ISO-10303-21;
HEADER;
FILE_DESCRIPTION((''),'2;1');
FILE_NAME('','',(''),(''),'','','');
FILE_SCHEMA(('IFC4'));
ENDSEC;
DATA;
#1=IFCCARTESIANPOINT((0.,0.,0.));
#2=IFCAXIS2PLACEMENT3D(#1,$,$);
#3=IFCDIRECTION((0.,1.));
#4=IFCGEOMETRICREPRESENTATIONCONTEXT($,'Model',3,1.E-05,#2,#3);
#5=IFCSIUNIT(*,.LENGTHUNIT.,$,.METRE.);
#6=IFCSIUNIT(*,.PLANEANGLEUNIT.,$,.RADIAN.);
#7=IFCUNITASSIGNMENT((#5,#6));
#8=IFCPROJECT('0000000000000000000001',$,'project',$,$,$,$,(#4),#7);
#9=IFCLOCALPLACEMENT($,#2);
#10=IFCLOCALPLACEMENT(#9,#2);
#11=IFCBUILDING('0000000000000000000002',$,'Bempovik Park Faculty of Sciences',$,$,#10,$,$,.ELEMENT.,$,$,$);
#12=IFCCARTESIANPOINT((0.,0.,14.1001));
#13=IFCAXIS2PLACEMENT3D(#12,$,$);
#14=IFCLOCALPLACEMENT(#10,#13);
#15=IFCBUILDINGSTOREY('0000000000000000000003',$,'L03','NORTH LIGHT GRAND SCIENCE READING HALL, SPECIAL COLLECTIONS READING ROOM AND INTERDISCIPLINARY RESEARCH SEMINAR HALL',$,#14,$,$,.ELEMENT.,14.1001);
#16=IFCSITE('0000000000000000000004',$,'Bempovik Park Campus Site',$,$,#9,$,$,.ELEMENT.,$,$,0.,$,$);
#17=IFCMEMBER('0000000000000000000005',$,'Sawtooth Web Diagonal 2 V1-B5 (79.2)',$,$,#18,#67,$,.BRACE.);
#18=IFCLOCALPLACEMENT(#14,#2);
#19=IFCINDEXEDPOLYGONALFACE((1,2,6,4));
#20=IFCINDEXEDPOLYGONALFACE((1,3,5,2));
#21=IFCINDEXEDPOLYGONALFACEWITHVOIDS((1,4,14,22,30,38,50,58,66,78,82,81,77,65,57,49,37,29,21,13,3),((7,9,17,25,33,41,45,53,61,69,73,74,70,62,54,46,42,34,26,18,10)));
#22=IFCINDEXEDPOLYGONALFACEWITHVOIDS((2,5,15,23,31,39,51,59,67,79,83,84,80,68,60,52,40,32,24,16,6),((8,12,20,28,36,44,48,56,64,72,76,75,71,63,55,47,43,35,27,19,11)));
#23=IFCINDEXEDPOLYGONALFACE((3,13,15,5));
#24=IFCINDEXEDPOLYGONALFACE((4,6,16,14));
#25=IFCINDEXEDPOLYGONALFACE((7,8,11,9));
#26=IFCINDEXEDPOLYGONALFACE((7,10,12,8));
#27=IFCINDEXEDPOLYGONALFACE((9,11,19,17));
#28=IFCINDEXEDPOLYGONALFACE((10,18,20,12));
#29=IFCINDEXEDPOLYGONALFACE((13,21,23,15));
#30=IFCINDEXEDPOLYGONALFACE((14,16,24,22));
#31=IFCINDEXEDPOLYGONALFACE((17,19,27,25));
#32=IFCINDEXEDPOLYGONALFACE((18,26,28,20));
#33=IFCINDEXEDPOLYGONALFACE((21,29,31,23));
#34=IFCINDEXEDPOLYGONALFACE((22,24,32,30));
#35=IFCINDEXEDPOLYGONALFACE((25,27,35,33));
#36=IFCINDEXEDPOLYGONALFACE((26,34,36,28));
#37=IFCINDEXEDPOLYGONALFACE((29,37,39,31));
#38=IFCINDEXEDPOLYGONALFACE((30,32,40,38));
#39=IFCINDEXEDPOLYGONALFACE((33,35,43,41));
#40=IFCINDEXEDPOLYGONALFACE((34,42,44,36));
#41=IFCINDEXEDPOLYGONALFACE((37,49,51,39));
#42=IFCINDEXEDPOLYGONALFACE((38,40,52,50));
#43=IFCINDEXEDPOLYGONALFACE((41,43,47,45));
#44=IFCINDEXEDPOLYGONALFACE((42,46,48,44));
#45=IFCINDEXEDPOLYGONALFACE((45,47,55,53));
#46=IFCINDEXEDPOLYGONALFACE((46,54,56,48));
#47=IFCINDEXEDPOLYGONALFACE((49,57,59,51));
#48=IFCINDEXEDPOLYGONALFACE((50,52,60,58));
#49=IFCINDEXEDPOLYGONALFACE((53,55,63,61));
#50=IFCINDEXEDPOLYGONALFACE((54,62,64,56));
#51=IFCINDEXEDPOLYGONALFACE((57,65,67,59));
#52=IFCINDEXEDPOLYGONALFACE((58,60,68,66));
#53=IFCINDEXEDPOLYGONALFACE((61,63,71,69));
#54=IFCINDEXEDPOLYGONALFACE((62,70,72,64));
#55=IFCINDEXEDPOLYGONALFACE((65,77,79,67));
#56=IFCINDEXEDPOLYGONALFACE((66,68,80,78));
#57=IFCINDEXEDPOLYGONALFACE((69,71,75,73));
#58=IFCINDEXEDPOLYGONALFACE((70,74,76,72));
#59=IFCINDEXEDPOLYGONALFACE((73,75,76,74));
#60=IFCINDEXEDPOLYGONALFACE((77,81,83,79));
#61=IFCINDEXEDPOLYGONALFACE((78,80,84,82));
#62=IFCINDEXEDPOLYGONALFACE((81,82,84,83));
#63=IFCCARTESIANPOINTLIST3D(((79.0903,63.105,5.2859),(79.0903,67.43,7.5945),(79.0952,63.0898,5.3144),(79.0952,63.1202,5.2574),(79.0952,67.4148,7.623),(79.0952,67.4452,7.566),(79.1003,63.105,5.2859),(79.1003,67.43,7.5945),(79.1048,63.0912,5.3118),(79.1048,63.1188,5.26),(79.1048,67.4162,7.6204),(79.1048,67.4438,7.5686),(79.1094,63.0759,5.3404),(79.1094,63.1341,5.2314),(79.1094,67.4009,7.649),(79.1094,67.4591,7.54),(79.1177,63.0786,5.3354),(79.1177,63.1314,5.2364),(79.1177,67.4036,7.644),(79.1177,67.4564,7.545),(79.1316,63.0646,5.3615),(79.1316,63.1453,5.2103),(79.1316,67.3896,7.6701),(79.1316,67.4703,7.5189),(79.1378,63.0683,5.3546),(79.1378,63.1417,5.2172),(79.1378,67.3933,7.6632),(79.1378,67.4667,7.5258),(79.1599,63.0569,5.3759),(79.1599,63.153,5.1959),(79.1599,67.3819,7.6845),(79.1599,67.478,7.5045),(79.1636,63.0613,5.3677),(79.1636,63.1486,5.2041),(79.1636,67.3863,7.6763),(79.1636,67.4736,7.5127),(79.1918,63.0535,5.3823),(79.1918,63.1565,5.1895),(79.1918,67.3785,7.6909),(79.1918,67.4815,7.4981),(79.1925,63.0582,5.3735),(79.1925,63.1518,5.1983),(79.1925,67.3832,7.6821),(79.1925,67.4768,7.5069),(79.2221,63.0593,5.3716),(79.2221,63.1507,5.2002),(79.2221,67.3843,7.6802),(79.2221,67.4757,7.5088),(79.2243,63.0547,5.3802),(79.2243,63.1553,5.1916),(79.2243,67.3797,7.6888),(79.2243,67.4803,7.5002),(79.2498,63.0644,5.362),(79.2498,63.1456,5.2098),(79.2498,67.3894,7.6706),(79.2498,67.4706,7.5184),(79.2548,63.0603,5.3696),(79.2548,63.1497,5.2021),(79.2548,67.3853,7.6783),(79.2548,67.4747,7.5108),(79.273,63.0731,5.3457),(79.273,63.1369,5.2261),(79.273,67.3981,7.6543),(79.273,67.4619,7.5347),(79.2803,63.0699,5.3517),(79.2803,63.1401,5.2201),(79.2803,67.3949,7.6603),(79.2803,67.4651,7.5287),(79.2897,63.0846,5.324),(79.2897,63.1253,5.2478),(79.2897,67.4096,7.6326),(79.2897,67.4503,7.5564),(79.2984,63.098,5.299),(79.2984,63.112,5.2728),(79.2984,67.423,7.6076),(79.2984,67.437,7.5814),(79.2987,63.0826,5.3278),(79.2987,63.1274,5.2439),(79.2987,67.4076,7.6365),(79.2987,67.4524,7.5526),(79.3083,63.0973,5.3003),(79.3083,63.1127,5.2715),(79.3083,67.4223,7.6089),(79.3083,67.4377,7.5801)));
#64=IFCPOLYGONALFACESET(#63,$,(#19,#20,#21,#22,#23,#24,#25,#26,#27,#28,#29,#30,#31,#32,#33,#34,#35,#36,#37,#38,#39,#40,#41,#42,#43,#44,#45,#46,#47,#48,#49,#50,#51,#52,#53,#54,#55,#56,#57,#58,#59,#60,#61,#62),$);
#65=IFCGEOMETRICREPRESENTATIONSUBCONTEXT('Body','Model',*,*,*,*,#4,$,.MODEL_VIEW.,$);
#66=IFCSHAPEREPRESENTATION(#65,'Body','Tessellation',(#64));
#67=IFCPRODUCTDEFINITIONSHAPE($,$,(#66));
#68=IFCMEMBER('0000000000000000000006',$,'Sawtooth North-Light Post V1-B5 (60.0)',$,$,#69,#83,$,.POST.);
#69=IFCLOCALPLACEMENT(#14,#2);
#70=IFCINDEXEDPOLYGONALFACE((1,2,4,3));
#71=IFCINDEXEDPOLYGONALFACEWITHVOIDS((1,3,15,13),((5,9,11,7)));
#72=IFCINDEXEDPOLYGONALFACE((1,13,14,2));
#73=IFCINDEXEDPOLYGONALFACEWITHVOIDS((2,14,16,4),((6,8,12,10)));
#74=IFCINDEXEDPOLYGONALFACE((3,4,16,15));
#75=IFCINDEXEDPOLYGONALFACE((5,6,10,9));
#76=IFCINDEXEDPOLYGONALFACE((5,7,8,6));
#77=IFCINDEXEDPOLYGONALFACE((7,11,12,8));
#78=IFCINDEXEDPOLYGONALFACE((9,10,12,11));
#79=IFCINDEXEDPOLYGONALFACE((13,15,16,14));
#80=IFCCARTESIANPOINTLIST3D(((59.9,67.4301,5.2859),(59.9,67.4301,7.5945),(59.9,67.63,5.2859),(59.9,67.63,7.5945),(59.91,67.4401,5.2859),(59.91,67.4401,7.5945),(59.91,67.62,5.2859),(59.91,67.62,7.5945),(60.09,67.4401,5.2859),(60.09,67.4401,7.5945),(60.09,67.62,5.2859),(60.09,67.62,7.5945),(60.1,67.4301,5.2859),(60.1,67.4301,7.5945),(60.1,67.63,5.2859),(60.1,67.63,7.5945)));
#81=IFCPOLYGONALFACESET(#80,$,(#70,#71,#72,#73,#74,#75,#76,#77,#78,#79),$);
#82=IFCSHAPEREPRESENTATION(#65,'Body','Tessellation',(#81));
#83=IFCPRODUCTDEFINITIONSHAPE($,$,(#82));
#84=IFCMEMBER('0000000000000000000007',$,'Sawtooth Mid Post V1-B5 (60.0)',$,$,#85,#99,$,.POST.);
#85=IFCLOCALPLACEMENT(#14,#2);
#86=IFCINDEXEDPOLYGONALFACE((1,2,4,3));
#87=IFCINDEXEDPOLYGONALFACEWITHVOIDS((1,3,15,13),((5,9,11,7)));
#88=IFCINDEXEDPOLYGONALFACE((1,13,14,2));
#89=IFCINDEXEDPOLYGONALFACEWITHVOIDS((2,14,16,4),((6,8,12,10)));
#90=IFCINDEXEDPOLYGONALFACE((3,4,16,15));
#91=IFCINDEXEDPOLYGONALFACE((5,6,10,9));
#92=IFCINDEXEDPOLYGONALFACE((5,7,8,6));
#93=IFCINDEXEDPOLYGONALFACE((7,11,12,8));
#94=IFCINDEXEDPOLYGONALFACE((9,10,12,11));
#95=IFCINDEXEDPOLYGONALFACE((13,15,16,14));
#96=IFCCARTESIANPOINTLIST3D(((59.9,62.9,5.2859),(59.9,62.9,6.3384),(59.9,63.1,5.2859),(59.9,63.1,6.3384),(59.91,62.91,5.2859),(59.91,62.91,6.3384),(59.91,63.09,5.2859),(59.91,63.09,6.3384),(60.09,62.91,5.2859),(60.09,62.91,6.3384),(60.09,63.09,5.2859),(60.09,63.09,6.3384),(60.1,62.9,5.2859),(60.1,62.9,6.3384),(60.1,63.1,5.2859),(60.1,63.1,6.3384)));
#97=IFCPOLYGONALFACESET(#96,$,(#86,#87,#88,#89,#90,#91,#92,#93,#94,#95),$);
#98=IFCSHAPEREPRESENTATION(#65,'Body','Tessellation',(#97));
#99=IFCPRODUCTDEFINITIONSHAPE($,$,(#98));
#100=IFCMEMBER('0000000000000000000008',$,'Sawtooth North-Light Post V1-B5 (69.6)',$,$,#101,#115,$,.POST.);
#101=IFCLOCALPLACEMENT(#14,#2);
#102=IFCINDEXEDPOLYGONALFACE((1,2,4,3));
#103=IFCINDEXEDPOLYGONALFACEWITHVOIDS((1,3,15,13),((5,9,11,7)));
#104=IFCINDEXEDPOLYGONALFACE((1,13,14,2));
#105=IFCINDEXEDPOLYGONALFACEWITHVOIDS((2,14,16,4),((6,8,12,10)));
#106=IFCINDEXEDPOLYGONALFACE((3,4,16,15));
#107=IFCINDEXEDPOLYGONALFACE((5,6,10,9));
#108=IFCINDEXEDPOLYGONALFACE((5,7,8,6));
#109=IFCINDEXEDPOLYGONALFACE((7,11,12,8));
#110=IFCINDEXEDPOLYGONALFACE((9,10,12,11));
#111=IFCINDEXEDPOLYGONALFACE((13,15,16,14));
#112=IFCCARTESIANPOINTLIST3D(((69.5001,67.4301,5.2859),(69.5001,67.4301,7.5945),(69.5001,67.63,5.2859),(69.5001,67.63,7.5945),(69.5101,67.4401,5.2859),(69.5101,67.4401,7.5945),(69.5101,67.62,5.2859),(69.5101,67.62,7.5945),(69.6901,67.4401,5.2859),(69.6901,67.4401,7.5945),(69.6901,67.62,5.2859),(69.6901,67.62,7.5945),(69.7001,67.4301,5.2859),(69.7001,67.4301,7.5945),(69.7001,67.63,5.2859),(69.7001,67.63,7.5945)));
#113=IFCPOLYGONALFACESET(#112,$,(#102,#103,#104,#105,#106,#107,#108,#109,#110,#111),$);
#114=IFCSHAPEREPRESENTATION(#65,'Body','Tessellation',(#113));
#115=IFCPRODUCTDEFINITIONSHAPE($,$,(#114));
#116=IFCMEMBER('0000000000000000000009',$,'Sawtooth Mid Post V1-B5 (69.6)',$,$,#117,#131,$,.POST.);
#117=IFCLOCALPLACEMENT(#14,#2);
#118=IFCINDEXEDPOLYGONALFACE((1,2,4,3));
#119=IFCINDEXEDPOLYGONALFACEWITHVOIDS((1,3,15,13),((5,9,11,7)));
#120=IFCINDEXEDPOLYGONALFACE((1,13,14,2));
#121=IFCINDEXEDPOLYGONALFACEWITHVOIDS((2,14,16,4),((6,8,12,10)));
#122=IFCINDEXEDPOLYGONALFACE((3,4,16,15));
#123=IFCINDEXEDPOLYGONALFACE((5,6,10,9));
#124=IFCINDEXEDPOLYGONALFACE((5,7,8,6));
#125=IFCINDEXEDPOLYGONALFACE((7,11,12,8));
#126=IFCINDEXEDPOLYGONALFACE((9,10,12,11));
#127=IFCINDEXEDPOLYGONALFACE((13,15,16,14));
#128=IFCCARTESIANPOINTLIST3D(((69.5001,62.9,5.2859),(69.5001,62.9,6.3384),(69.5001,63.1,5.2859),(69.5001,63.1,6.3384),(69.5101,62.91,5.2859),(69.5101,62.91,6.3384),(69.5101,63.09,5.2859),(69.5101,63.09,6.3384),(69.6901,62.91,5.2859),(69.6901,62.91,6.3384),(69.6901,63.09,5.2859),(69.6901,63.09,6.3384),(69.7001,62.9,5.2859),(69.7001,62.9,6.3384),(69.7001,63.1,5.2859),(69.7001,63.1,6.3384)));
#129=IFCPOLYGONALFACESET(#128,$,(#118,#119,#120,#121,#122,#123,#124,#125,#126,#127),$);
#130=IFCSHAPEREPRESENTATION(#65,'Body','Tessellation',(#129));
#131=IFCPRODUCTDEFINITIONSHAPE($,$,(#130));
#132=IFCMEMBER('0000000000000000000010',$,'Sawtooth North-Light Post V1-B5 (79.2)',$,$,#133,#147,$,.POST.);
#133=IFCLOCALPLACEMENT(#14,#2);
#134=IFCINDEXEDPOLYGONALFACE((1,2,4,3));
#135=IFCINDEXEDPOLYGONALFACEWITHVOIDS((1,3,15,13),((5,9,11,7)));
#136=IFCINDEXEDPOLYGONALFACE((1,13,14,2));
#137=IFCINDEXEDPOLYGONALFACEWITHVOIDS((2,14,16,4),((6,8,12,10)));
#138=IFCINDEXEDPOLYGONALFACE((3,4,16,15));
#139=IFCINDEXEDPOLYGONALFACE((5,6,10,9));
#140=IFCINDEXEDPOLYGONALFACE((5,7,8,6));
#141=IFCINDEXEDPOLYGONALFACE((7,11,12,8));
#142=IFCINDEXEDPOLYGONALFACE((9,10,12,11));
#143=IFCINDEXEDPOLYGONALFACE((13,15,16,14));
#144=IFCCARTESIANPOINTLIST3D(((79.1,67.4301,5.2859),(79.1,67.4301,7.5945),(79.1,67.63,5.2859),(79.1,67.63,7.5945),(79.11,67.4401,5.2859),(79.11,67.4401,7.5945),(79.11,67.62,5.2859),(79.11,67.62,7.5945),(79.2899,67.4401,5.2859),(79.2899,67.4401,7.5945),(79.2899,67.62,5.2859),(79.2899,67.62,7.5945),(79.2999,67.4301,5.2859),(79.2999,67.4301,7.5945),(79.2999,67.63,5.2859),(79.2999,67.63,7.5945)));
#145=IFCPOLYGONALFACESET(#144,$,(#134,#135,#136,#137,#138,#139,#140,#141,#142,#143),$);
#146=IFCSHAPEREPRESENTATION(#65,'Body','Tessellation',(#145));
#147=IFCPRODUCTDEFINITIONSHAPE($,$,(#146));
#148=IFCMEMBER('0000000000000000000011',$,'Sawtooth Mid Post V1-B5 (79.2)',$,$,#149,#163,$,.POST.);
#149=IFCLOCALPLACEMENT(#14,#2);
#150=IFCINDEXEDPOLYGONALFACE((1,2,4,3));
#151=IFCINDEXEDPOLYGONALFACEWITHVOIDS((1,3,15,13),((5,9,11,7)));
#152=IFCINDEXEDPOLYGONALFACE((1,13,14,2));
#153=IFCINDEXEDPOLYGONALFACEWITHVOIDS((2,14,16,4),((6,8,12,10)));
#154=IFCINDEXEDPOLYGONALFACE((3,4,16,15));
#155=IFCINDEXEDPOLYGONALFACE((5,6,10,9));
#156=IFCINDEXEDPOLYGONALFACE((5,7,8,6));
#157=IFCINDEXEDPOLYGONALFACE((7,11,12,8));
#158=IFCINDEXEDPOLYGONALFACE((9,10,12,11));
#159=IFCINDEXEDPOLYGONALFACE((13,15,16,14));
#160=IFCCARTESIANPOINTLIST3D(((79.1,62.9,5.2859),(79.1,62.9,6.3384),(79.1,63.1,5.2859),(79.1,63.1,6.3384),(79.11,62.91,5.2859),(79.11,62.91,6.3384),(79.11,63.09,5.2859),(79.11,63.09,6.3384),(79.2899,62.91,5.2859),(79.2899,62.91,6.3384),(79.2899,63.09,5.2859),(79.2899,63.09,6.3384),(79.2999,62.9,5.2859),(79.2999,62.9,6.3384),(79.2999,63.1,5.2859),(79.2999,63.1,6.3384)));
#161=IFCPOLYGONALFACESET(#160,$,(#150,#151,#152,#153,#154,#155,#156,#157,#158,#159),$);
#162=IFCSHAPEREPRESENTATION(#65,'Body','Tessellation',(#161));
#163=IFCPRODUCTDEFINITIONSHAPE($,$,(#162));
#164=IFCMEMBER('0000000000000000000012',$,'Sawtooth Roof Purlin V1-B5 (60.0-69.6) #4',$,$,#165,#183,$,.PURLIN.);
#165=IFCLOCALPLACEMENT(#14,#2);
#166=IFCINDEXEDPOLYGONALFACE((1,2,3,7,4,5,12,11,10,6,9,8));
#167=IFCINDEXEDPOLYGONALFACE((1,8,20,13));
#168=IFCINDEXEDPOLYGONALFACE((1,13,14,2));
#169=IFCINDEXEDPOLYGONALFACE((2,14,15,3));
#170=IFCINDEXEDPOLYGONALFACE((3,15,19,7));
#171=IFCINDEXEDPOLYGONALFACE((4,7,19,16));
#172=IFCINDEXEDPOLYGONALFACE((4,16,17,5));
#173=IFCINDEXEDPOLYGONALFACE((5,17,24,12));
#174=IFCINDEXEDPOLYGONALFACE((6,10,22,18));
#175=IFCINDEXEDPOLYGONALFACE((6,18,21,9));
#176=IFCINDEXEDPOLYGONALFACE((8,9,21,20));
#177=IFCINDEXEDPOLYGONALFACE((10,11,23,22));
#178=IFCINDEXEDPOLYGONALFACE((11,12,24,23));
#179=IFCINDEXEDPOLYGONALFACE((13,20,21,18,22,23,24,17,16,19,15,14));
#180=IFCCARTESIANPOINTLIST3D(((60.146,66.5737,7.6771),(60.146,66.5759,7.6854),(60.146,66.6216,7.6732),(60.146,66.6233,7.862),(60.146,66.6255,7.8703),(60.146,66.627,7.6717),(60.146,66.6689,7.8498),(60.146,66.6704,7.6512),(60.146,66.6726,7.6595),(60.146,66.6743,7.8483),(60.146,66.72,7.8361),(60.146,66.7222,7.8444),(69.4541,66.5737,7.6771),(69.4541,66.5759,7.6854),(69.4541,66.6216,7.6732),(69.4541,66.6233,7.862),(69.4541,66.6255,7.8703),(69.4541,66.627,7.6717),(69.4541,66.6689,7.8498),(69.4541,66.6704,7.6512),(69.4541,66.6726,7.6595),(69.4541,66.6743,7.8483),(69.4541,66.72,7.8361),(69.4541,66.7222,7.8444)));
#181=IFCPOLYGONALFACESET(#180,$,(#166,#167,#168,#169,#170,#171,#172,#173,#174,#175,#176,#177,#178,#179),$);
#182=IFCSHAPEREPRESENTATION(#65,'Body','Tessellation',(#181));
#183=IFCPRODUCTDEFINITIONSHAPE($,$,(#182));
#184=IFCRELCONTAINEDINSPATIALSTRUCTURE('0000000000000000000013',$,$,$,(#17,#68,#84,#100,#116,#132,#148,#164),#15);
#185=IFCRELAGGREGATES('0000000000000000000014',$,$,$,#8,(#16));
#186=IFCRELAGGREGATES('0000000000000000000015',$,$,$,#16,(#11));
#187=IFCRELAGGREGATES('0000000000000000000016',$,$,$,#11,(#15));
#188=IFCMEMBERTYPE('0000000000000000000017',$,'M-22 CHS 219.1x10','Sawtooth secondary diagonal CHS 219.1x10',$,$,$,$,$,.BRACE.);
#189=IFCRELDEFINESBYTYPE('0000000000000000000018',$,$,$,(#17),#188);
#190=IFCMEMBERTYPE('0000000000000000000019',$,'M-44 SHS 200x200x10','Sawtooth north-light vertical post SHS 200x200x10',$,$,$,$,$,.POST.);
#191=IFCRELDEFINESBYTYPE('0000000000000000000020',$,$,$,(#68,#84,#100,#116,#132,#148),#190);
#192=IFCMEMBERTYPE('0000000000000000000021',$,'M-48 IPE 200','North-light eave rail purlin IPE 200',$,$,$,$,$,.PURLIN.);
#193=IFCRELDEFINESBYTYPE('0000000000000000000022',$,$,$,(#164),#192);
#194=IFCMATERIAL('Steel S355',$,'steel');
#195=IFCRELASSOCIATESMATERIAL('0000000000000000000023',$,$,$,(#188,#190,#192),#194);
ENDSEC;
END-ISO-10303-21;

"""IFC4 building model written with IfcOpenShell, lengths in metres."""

from ifc_helpers import new_model, si_unit, direction, frame, origin, origin_2d, place, context, subcontext, project, spatial, hollow_rectangle, hollow_circle, i_section, extrude, material, material_profile, profile_set, type_object, element, save


model = new_model("IFC4")

# Units and contexts
model_context = context("Model", 3, precision=1e-05, world=origin(), true_north=direction((0.0, 1.0)))
body_context = subcontext(model_context, "Body", "Model", "MODEL_VIEW")
ifc_project = project(units=[si_unit("LENGTHUNIT", "METRE"), si_unit("PLANEANGLEUNIT", "RADIAN")], contexts=[model_context])

# Site, building, storey
site_placement = place(None, origin())
site = spatial("IfcSite", under=ifc_project, at=site_placement, Name="Bempovik Park Campus Site", CompositionType="ELEMENT", RefElevation=0.0)
building_placement = place(site_placement, origin())
building = spatial("IfcBuilding", under=site, at=building_placement, Name="Bempovik Park Faculty of Sciences", CompositionType="ELEMENT")
storey_placement = place(building_placement, frame((0.0, 0.0, 14.1001)))
storey = spatial("IfcBuildingStorey", under=building, at=storey_placement, Name="L03", Description="NORTH LIGHT GRAND SCIENCE READING HALL, SPECIAL COLLECTIONS READING ROOM AND INTERDISCIPLINARY RESEARCH SEMINAR HALL", CompositionType="ELEMENT", Elevation=14.1001)

# Members
ifc_material_1 = material(Name="Steel S355", Category="steel")
ifc_material_profile_1 = material_profile(ifc_material_1, hollow_circle(Radius=0.1096, WallThickness=0.01, at=origin_2d()), Name="CHS 219.1x10")
ifc_profile_set_1 = profile_set([ifc_material_profile_1], Name="Steel S355")
member_type_1 = type_object("IfcMemberType", Name="M-22 CHS 219.1x10", Description="Sawtooth secondary diagonal CHS 219.1x10", PredefinedType="BRACE", material=ifc_profile_set_1)
for number, where, z_axis, x_axis, name in (
    (1, (79.2, 63.105, 5.2859), (0.0, 0.882187, 0.470898), (-1.0, 0.0, 0.0), "Sawtooth Web Diagonal 2 V1-B5 (79.2)"),
):
    element("IfcMember", number, at=place(storey_placement, frame(where, z_axis=z_axis, x_axis=x_axis)), inside=storey, type_object=member_type_1, Name=name, PredefinedType="BRACE", context=body_context, shape_type="SweptSolid", body=[
        extrude(hollow_circle(Radius=0.1096, WallThickness=0.01, at=origin_2d()), origin(), (0.0, 0.0, 1.0), 4.9026),
    ])
ifc_material_profile_2 = material_profile(ifc_material_1, hollow_rectangle(XDim=0.2, YDim=0.2, WallThickness=0.01, at=origin_2d()), Name="SHS 200x200x10")
ifc_profile_set_2 = profile_set([ifc_material_profile_2], Name="Steel S355")
member_type_2 = type_object("IfcMemberType", Name="M-44 SHS 200x200x10", Description="Sawtooth north-light vertical post SHS 200x200x10", PredefinedType="POST", material=ifc_profile_set_2)
member_1_placement = place(storey_placement, frame((60.0, 67.53, 5.2859), z_axis=(0.0, 0.0, 1.0), x_axis=(1.0, 0.0, 0.0)))
element("IfcMember", 2, at=member_1_placement, inside=storey, type_object=member_type_2, Name="Sawtooth North-Light Post V1-B5 (60.0)", PredefinedType="POST", context=body_context, shape_type="SweptSolid", body=[
    extrude(hollow_rectangle(XDim=0.2, YDim=0.2, WallThickness=0.01, at=origin_2d()), origin(), (0.0, 0.0, 1.0), 2.3086),
])
member_2_placement = place(storey_placement, frame((60.0, 63.0, 5.2859), z_axis=(0.0, 0.0, 1.0), x_axis=(1.0, 0.0, 0.0)))
element("IfcMember", 3, at=member_2_placement, inside=storey, type_object=member_type_2, Name="Sawtooth Mid Post V1-B5 (60.0)", PredefinedType="POST", context=body_context, shape_type="SweptSolid", body=[
    extrude(hollow_rectangle(XDim=0.2, YDim=0.2, WallThickness=0.01, at=origin_2d()), origin(), (0.0, 0.0, 1.0), 1.0525),
])
member_3_placement = place(storey_placement, frame((69.6001, 67.53, 5.2859), z_axis=(0.0, 0.0, 1.0), x_axis=(1.0, 0.0, 0.0)))
element("IfcMember", 4, at=member_3_placement, inside=storey, type_object=member_type_2, Name="Sawtooth North-Light Post V1-B5 (69.6)", PredefinedType="POST", context=body_context, shape_type="SweptSolid", body=[
    extrude(hollow_rectangle(XDim=0.2, YDim=0.2, WallThickness=0.01, at=origin_2d()), origin(), (0.0, 0.0, 1.0), 2.3086),
])
member_4_placement = place(storey_placement, frame((69.6001, 63.0, 5.2859), z_axis=(0.0, 0.0, 1.0), x_axis=(1.0, 0.0, 0.0)))
element("IfcMember", 5, at=member_4_placement, inside=storey, type_object=member_type_2, Name="Sawtooth Mid Post V1-B5 (69.6)", PredefinedType="POST", context=body_context, shape_type="SweptSolid", body=[
    extrude(hollow_rectangle(XDim=0.2, YDim=0.2, WallThickness=0.01, at=origin_2d()), origin(), (0.0, 0.0, 1.0), 1.0525),
])
member_5_placement = place(storey_placement, frame((79.2, 67.53, 5.2859), z_axis=(0.0, 0.0, 1.0), x_axis=(1.0, 0.0, 0.0)))
element("IfcMember", 6, at=member_5_placement, inside=storey, type_object=member_type_2, Name="Sawtooth North-Light Post V1-B5 (79.2)", PredefinedType="POST", context=body_context, shape_type="SweptSolid", body=[
    extrude(hollow_rectangle(XDim=0.2, YDim=0.2, WallThickness=0.01, at=origin_2d()), origin(), (0.0, 0.0, 1.0), 2.3086),
])
member_6_placement = place(storey_placement, frame((79.2, 63.0, 5.2859), z_axis=(0.0, 0.0, 1.0), x_axis=(1.0, 0.0, 0.0)))
element("IfcMember", 7, at=member_6_placement, inside=storey, type_object=member_type_2, Name="Sawtooth Mid Post V1-B5 (79.2)", PredefinedType="POST", context=body_context, shape_type="SweptSolid", body=[
    extrude(hollow_rectangle(XDim=0.2, YDim=0.2, WallThickness=0.01, at=origin_2d()), origin(), (0.0, 0.0, 1.0), 1.0525),
])
ifc_material_profile_3 = material_profile(ifc_material_1, i_section(OverallWidth=0.1001, OverallDepth=0.2, WebThickness=0.0056, FlangeThickness=0.0085, at=origin_2d()), Name="IPE 200")
ifc_profile_set_3 = profile_set([ifc_material_profile_3], Name="Steel S355")
member_type_3 = type_object("IfcMemberType", Name="M-48 IPE 200", Description="North-light eave rail purlin IPE 200", PredefinedType="PURLIN", material=ifc_profile_set_3)
member_7_placement = place(storey_placement, frame((60.146, 66.6479, 7.7607), z_axis=(1.0, 0.0, 0.0), x_axis=(0.0, 0.965926, -0.258819)))
element("IfcMember", 8, at=member_7_placement, inside=storey, type_object=member_type_3, Name="Sawtooth Roof Purlin V1-B5 (60.0-69.6) #4", PredefinedType="PURLIN", context=body_context, shape_type="SweptSolid", body=[
    extrude(i_section(OverallWidth=0.1001, OverallDepth=0.2, WebThickness=0.0056, FlangeThickness=0.0085, at=origin_2d()), origin(), (0.0, 0.0, 1.0), 9.3081),
])

save(model, "model.ifc")
